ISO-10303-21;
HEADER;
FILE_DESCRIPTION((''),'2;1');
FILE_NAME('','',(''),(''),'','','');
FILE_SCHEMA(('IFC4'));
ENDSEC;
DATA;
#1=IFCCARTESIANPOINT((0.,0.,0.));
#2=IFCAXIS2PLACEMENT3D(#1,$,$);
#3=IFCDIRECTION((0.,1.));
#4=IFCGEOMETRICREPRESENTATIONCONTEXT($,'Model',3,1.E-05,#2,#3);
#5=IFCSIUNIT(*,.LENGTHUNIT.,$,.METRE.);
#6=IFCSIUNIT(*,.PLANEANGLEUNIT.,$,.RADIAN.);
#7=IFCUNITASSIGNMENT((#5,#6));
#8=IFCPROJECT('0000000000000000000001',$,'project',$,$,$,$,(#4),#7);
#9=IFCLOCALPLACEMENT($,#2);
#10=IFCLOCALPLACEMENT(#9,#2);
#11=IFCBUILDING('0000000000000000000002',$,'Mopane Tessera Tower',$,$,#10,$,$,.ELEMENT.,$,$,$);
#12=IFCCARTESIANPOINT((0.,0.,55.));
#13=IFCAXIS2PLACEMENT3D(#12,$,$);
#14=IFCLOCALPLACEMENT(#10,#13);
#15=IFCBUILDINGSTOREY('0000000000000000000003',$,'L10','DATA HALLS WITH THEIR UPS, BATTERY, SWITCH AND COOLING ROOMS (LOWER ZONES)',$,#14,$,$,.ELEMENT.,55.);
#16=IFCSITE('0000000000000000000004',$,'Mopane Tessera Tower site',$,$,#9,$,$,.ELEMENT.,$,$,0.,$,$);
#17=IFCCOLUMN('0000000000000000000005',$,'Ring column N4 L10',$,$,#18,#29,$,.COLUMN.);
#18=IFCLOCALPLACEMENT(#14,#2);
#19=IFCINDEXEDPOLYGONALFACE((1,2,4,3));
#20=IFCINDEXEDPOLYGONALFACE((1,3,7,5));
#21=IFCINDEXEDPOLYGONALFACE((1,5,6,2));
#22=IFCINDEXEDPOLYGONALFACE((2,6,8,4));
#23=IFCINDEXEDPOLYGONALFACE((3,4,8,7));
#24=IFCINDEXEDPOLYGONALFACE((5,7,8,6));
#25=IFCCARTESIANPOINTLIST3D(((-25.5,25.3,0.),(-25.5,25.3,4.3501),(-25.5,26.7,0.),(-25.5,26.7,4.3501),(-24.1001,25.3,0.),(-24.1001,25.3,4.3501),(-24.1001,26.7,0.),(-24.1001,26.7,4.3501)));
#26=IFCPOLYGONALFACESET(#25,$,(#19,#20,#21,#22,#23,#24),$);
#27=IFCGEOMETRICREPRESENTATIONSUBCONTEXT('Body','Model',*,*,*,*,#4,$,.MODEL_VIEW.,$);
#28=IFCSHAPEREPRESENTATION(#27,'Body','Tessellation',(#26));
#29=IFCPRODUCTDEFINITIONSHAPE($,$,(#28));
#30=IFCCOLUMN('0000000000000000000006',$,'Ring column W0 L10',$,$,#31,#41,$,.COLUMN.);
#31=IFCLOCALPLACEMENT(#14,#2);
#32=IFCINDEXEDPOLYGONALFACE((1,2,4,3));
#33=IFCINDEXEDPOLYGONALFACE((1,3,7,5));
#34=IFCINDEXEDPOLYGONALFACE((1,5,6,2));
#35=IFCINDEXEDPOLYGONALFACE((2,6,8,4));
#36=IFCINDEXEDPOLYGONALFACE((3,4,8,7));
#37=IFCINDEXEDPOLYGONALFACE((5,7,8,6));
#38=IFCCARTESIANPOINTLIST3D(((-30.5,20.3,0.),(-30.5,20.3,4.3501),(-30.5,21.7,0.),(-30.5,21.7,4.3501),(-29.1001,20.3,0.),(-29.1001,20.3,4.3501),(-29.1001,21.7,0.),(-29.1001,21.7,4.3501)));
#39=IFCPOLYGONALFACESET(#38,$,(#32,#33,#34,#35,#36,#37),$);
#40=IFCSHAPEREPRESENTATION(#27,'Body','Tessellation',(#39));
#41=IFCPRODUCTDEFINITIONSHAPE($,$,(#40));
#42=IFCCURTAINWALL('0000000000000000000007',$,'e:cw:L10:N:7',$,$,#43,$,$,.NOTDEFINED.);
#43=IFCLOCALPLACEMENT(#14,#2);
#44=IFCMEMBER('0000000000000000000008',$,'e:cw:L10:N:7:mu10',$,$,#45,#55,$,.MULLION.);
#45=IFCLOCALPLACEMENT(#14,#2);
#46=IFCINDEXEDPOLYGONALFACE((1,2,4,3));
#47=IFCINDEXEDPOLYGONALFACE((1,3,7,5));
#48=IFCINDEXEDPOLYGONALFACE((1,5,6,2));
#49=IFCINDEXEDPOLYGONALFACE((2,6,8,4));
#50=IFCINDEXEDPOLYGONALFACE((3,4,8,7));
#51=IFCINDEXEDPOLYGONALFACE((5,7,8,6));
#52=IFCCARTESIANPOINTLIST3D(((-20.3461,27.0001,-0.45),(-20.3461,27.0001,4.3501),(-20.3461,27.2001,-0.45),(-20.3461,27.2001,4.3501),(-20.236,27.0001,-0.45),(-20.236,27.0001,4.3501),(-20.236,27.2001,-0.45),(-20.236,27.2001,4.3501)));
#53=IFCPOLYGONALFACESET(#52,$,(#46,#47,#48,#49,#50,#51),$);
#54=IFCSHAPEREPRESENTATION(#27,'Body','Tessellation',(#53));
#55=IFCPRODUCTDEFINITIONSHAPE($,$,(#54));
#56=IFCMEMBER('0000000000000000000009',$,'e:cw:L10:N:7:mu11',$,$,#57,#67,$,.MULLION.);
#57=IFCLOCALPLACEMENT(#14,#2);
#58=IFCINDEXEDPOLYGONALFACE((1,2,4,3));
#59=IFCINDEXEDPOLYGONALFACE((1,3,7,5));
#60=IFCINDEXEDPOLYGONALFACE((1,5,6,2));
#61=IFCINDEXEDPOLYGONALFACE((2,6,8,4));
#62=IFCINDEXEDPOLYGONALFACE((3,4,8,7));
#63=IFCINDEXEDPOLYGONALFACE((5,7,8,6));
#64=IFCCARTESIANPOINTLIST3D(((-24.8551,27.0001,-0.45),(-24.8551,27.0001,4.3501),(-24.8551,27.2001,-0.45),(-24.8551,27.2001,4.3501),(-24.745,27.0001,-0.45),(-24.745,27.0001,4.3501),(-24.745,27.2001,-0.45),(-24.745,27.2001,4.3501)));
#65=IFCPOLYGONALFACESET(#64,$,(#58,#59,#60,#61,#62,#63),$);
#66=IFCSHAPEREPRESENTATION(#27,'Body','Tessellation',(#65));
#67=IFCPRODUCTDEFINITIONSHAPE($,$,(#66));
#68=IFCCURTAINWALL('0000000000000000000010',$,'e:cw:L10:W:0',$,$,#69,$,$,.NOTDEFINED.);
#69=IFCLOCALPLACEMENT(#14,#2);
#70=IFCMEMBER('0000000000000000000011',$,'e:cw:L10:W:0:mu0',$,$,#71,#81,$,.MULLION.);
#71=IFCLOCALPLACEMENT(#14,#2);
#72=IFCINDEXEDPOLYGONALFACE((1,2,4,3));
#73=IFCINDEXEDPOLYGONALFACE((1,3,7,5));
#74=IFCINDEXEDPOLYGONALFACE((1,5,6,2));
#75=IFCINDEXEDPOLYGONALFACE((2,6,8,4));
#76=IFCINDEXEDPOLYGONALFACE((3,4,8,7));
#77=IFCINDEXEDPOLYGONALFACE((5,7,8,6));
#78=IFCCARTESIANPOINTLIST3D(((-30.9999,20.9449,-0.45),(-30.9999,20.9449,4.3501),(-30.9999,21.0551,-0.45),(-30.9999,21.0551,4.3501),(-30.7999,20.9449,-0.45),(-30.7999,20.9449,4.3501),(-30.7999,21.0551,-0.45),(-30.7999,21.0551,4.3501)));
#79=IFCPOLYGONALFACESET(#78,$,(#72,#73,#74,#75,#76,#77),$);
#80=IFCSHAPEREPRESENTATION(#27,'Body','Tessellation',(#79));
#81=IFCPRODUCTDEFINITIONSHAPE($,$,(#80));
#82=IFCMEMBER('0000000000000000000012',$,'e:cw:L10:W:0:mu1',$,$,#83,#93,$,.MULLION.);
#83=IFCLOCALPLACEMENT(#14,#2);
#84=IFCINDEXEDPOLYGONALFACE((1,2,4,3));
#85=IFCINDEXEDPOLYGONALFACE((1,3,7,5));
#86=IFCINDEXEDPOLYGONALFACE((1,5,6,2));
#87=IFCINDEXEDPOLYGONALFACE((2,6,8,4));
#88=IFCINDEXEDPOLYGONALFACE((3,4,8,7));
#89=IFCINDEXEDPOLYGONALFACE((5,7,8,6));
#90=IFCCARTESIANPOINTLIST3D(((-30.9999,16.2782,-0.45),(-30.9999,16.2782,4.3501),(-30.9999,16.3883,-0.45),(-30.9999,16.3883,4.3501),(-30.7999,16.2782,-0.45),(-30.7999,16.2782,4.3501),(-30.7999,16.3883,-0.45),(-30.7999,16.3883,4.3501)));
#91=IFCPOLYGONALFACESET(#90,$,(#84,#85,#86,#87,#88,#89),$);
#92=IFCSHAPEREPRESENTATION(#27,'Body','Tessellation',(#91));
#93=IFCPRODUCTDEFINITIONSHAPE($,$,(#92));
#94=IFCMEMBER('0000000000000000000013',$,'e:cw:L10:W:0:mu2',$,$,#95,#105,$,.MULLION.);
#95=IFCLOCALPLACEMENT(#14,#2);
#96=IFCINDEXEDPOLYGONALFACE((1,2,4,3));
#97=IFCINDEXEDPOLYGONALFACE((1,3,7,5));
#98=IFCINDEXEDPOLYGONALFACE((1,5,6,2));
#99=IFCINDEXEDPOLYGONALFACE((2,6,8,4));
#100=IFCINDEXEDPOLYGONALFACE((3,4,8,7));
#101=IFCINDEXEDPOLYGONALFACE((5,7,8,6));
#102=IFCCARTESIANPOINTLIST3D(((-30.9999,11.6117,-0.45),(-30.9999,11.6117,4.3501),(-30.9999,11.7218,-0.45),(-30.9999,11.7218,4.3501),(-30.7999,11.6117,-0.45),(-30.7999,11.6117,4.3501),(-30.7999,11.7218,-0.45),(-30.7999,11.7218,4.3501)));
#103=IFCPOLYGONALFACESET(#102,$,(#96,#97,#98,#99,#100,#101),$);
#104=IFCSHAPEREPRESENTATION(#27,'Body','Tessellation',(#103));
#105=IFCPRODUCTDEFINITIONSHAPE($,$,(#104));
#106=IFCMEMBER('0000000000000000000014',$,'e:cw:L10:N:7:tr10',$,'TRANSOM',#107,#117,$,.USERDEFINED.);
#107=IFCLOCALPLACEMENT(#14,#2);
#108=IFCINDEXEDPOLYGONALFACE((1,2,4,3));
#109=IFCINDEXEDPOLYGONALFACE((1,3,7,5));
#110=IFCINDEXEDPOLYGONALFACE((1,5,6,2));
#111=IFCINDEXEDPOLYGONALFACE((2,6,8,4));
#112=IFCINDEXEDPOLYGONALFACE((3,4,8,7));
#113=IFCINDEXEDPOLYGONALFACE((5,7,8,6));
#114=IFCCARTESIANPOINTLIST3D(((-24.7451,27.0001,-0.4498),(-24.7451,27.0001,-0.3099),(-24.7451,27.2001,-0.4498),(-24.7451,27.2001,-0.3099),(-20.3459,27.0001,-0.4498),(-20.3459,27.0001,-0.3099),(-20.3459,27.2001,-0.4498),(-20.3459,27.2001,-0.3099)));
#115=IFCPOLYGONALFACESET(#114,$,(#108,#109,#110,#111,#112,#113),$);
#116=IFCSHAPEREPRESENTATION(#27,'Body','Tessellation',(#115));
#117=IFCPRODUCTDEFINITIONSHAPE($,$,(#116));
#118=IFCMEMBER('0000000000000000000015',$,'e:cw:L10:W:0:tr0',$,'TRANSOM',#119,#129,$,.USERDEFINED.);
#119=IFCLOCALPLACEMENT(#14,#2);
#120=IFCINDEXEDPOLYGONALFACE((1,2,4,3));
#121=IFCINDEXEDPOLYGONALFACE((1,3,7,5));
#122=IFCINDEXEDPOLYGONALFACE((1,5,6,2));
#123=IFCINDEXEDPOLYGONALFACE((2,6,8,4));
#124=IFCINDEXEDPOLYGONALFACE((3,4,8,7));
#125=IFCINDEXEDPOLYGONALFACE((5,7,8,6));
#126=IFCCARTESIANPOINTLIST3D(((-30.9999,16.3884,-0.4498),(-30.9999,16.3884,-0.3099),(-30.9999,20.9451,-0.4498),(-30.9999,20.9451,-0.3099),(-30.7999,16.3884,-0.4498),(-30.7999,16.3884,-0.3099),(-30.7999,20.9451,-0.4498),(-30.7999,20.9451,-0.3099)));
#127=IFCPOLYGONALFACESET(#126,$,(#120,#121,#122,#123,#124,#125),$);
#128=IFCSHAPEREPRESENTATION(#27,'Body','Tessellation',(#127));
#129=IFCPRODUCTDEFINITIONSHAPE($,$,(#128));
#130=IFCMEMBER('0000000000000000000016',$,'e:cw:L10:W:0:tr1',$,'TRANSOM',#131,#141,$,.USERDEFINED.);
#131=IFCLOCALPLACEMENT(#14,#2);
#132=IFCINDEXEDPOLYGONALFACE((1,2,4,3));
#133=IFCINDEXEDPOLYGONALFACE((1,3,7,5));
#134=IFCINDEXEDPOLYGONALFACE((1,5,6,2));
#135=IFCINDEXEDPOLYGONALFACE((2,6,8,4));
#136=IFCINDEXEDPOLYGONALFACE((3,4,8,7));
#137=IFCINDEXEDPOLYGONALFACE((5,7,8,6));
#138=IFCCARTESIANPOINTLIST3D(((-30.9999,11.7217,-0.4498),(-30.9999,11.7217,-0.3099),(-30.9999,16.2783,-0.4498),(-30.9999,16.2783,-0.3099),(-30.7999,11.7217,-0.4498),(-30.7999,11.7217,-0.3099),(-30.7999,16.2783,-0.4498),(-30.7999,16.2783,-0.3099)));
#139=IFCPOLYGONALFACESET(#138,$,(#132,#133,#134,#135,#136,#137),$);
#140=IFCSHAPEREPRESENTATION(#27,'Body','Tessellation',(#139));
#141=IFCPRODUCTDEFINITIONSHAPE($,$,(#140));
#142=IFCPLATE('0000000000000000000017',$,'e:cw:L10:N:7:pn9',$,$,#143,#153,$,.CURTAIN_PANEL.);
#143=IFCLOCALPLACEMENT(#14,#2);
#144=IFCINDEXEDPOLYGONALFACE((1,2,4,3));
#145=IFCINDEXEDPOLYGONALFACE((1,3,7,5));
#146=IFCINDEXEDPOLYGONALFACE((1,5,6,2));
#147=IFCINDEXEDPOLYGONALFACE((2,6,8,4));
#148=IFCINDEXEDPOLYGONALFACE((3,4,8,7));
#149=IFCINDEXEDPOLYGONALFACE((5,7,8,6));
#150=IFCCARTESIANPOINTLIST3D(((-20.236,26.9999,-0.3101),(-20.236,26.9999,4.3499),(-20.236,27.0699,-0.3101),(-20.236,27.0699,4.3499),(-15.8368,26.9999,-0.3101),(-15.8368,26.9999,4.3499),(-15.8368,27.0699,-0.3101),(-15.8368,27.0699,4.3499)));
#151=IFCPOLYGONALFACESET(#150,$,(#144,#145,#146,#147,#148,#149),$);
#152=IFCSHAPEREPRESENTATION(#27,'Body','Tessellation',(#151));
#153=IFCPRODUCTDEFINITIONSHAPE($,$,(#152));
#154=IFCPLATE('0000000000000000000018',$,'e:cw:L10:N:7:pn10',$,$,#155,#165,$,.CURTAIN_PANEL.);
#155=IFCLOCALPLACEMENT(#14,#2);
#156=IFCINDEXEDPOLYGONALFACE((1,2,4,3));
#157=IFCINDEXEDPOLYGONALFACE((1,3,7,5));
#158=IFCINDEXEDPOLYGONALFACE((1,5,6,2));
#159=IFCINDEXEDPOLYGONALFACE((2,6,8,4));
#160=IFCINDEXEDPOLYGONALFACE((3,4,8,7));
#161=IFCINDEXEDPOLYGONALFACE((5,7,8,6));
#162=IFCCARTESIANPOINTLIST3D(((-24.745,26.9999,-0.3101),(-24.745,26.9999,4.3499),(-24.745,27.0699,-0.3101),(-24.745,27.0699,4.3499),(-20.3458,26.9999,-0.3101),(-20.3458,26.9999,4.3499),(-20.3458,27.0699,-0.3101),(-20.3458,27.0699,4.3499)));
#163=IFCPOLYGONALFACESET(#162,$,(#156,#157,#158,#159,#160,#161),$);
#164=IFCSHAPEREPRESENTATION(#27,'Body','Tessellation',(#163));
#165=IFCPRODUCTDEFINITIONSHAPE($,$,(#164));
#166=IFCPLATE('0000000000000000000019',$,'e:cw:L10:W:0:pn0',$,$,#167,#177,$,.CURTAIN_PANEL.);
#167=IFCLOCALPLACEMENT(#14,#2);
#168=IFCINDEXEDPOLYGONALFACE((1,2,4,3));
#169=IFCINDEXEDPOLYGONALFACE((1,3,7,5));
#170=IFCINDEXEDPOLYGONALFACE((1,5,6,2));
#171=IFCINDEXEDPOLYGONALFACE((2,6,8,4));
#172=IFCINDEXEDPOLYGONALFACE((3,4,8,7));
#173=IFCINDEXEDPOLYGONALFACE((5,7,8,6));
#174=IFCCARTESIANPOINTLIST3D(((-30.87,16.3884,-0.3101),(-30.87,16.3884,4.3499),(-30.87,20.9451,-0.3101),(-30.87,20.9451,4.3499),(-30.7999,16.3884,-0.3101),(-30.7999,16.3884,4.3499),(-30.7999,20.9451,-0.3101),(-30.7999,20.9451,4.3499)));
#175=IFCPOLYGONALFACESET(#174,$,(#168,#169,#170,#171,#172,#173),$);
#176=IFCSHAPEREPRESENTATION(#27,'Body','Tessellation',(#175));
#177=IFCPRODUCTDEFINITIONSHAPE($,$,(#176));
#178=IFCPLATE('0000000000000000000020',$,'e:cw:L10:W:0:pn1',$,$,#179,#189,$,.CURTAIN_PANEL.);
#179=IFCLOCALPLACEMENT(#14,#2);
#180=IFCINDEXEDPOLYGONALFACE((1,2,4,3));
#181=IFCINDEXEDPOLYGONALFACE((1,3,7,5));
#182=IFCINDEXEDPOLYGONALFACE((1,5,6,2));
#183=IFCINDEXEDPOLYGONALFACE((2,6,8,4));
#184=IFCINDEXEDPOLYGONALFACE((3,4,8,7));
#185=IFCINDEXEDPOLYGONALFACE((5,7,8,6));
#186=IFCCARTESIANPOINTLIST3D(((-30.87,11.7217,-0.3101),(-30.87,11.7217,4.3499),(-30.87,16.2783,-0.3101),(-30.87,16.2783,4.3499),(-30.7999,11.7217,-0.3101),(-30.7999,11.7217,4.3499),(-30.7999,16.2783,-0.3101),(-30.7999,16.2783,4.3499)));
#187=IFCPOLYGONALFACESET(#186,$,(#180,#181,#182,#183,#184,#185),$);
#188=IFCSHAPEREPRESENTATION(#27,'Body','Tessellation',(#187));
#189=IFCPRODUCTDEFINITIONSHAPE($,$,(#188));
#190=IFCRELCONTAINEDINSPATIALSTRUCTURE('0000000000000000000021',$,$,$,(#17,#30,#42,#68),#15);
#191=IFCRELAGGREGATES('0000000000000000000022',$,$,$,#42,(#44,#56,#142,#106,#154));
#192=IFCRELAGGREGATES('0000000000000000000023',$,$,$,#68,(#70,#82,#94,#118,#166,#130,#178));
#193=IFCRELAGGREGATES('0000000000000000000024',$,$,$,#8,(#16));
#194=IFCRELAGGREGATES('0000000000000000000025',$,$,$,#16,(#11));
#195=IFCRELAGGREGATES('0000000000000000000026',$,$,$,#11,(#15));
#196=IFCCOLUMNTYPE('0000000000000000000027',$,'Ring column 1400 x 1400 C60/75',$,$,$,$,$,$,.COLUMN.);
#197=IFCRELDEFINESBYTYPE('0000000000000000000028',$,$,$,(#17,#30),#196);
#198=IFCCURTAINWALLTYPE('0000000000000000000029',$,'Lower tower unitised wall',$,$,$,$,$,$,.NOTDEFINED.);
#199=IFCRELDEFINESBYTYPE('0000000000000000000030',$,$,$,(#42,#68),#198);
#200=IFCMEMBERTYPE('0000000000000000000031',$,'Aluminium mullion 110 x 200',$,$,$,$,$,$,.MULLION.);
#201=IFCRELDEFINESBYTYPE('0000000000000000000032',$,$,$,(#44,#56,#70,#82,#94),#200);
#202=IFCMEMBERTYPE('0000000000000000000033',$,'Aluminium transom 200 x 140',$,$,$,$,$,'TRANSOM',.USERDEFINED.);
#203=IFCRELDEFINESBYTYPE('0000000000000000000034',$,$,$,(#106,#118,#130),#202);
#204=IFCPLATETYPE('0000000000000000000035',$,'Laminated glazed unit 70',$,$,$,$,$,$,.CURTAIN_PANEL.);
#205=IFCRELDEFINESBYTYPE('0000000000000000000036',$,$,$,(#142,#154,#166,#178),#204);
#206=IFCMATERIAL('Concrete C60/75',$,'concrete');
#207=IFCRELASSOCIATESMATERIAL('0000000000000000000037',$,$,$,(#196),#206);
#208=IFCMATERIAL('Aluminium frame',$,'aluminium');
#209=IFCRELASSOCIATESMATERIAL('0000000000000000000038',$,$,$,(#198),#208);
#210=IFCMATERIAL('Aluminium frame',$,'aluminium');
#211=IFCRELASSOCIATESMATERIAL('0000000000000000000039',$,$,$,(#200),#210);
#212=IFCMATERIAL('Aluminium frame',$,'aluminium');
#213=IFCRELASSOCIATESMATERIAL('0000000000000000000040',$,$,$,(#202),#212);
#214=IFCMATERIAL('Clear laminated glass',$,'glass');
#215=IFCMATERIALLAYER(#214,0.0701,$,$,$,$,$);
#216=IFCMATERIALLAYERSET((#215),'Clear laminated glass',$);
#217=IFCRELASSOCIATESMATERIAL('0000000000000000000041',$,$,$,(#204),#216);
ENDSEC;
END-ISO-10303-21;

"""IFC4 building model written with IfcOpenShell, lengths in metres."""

from ifc_helpers import new_model, si_unit, direction, frame, origin, origin_2d, place, context, subcontext, project, spatial, rectangle, extrude, material, layer, layer_set, material_profile, profile_set, type_object, element, aggregate, save


model = new_model("IFC4")

# Units and contexts
model_context = context("Model", 3, precision=1e-05, world=origin(), true_north=direction((0.0, 1.0)))
body_context = subcontext(model_context, "Body", "Model", "MODEL_VIEW")
ifc_project = project(units=[si_unit("LENGTHUNIT", "METRE"), si_unit("PLANEANGLEUNIT", "RADIAN")], contexts=[model_context])

# Site, building, storey
site_placement = place(None, origin())
site = spatial("IfcSite", under=ifc_project, at=site_placement, Name="Mopane Tessera Tower site", CompositionType="ELEMENT", RefElevation=0.0)
building_placement = place(site_placement, origin())
building = spatial("IfcBuilding", under=site, at=building_placement, Name="Mopane Tessera Tower", CompositionType="ELEMENT")
storey_placement = place(building_placement, frame((0.0, 0.0, 55.0)))
storey = spatial("IfcBuildingStorey", under=building, at=storey_placement, Name="L10", Description="DATA HALLS WITH THEIR UPS, BATTERY, SWITCH AND COOLING ROOMS (LOWER ZONES)", CompositionType="ELEMENT", Elevation=55.0)

# Columns
ifc_material_1 = material(Name="Concrete C60/75", Category="concrete")
ifc_material_profile_1 = material_profile(ifc_material_1, rectangle(XDim=1.3999, YDim=1.3999, at=origin_2d()))
ifc_profile_set_1 = profile_set([ifc_material_profile_1], Name="Concrete C60/75")
column_type = type_object("IfcColumnType", Name="Ring column 1400 x 1400 C60/75", PredefinedType="COLUMN", material=ifc_profile_set_1)
for number, where, z_axis, x_axis, name in (
    (1, (-24.8, 26.0, 0.0), (0.0, 0.0, 1.0), (1.0, 0.0, 0.0), "Ring column N4 L10"),
    (2, (-29.8, 21.0, 0.0), (0.0, 0.0, 1.0), (1.0, 0.0, 0.0), "Ring column W0 L10"),
):
    element("IfcColumn", number, at=place(storey_placement, frame(where, z_axis=z_axis, x_axis=x_axis)), inside=storey, type_object=column_type, Name=name, PredefinedType="COLUMN", context=body_context, shape_type="SweptSolid", body=[
        extrude(rectangle(XDim=1.3999, YDim=1.3999, at=origin_2d()), origin(), (0.0, 0.0, 1.0), 4.3501),
    ])

# Curtain walls, members
ifc_material_2 = material(Name="Aluminium frame", Category="aluminium")
curtain_wall_type = type_object("IfcCurtainWallType", Name="Lower tower unitised wall", PredefinedType="NOTDEFINED", material=ifc_material_2)
curtain_wall_1_placement = place(storey_placement, origin())
curtain_wall_1 = element("IfcCurtainWall", 3, at=curtain_wall_1_placement, inside=storey, type_object=curtain_wall_type, Name="e:cw:L10:N:7", PredefinedType="NOTDEFINED")
ifc_material_3 = material(Name="Aluminium frame", Category="aluminium")
ifc_material_profile_2 = material_profile(ifc_material_3, rectangle(XDim=0.1101, YDim=0.2, at=origin_2d()))
ifc_profile_set_2 = profile_set([ifc_material_profile_2], Name="Aluminium frame")
member_type_1 = type_object("IfcMemberType", Name="Aluminium mullion 110 x 200", PredefinedType="MULLION", material=ifc_profile_set_2)
member_1_placement = place(storey_placement, frame((-20.291, 27.1001, -0.45), z_axis=(0.0, 0.0, 1.0), x_axis=(-1.0, 0.0, 0.0)))
member_1 = element("IfcMember", 4, at=member_1_placement, type_object=member_type_1, Name="e:cw:L10:N:7:mu10", PredefinedType="MULLION", context=body_context, shape_type="SweptSolid", body=[
    extrude(rectangle(XDim=0.1101, YDim=0.2, at=origin_2d()), origin(), (0.0, 0.0, 1.0), 4.8),
])
member_2_placement = place(storey_placement, frame((-24.8, 27.1001, -0.45), z_axis=(0.0, 0.0, 1.0), x_axis=(-1.0, 0.0, 0.0)))
member_2 = element("IfcMember", 5, at=member_2_placement, type_object=member_type_1, Name="e:cw:L10:N:7:mu11", PredefinedType="MULLION", context=body_context, shape_type="SweptSolid", body=[
    extrude(rectangle(XDim=0.1101, YDim=0.2, at=origin_2d()), origin(), (0.0, 0.0, 1.0), 4.8),
])
curtain_wall_2_placement = place(storey_placement, origin())
curtain_wall_2 = element("IfcCurtainWall", 6, at=curtain_wall_2_placement, inside=storey, type_object=curtain_wall_type, Name="e:cw:L10:W:0", PredefinedType="NOTDEFINED")
member_3_placement = place(storey_placement, frame((-30.8999, 21.0, -0.45), z_axis=(0.0, 0.0, 1.0), x_axis=(0.0, -1.0, 0.0)))
member_3 = element("IfcMember", 7, at=member_3_placement, type_object=member_type_1, Name="e:cw:L10:W:0:mu0", PredefinedType="MULLION", context=body_context, shape_type="SweptSolid", body=[
    extrude(rectangle(XDim=0.1101, YDim=0.2, at=origin_2d()), origin(), (0.0, 0.0, 1.0), 4.8),
])
member_4_placement = place(storey_placement, frame((-30.8999, 16.3333, -0.45), z_axis=(0.0, 0.0, 1.0), x_axis=(0.0, -1.0, 0.0)))
member_4 = element("IfcMember", 8, at=member_4_placement, type_object=member_type_1, Name="e:cw:L10:W:0:mu1", PredefinedType="MULLION", context=body_context, shape_type="SweptSolid", body=[
    extrude(rectangle(XDim=0.1101, YDim=0.2, at=origin_2d()), origin(), (0.0, 0.0, 1.0), 4.8),
])
member_5_placement = place(storey_placement, frame((-30.8999, 11.6667, -0.45), z_axis=(0.0, 0.0, 1.0), x_axis=(0.0, -1.0, 0.0)))
member_5 = element("IfcMember", 9, at=member_5_placement, type_object=member_type_1, Name="e:cw:L10:W:0:mu2", PredefinedType="MULLION", context=body_context, shape_type="SweptSolid", body=[
    extrude(rectangle(XDim=0.1101, YDim=0.2, at=origin_2d()), origin(), (0.0, 0.0, 1.0), 4.8),
])

# Members
ifc_material_4 = material(Name="Aluminium frame", Category="aluminium")
ifc_material_profile_3 = material_profile(ifc_material_4, rectangle(XDim=0.2, YDim=0.1399, at=origin_2d()))
ifc_profile_set_3 = profile_set([ifc_material_profile_3], Name="Aluminium frame")
member_type_2 = type_object("IfcMemberType", Name="Aluminium transom 200 x 140", ElementType="TRANSOM", PredefinedType="USERDEFINED", material=ifc_profile_set_3)
member_6_placement = place(storey_placement, frame((-20.3459, 27.1001, -0.3799), z_axis=(-1.0, 0.0, 0.0), x_axis=(0.0, -1.0, 0.0)))
member_6 = element("IfcMember", 10, at=member_6_placement, type_object=member_type_2, Name="e:cw:L10:N:7:tr10", ObjectType="TRANSOM", PredefinedType="USERDEFINED", context=body_context, shape_type="SweptSolid", body=[
    extrude(rectangle(XDim=0.2, YDim=0.1399, at=origin_2d()), origin(), (0.0, 0.0, 1.0), 4.3992),
])
member_7_placement = place(storey_placement, frame((-30.8999, 20.9451, -0.3799), z_axis=(0.0, -1.0, 0.0), x_axis=(1.0, 0.0, 0.0)))
member_7 = element("IfcMember", 11, at=member_7_placement, type_object=member_type_2, Name="e:cw:L10:W:0:tr0", ObjectType="TRANSOM", PredefinedType="USERDEFINED", context=body_context, shape_type="SweptSolid", body=[
    extrude(rectangle(XDim=0.2, YDim=0.1399, at=origin_2d()), origin(), (0.0, 0.0, 1.0), 4.5566),
])
member_8_placement = place(storey_placement, frame((-30.8999, 16.2783, -0.3799), z_axis=(0.0, -1.0, 0.0), x_axis=(1.0, 0.0, 0.0)))
member_8 = element("IfcMember", 12, at=member_8_placement, type_object=member_type_2, Name="e:cw:L10:W:0:tr1", ObjectType="TRANSOM", PredefinedType="USERDEFINED", context=body_context, shape_type="SweptSolid", body=[
    extrude(rectangle(XDim=0.2, YDim=0.1399, at=origin_2d()), origin(), (0.0, 0.0, 1.0), 4.5566),
])

# Plates
ifc_material_5 = material(Name="Clear laminated glass", Category="glass")
ifc_layer_1 = layer(ifc_material_5, 0.0701)
ifc_layer_set_1 = layer_set([ifc_layer_1], Name="Clear laminated glass")
plate_type = type_object("IfcPlateType", Name="Laminated glazed unit 70", PredefinedType="CURTAIN_PANEL", material=ifc_layer_set_1)
plate_1_placement = place(storey_placement, frame((-18.0364, 27.0349, -0.3101), z_axis=(0.0, 0.0, 1.0), x_axis=(-1.0, 0.0, 0.0)))
plate_1 = element("IfcPlate", 13, at=plate_1_placement, type_object=plate_type, Name="e:cw:L10:N:7:pn9", PredefinedType="CURTAIN_PANEL", context=body_context, shape_type="SweptSolid", body=[
    extrude(rectangle(XDim=4.3992, YDim=0.0701, at=origin_2d()), origin(), (0.0, 0.0, 1.0), 4.6599),
])
plate_2_placement = place(storey_placement, frame((-22.5454, 27.0349, -0.3101), z_axis=(0.0, 0.0, 1.0), x_axis=(-1.0, 0.0, 0.0)))
plate_2 = element("IfcPlate", 14, at=plate_2_placement, type_object=plate_type, Name="e:cw:L10:N:7:pn10", PredefinedType="CURTAIN_PANEL", context=body_context, shape_type="SweptSolid", body=[
    extrude(rectangle(XDim=4.3992, YDim=0.0701, at=origin_2d()), origin(), (0.0, 0.0, 1.0), 4.6599),
])
aggregate(curtain_wall_1, [member_1, member_2, plate_1, member_6, plate_2])
plate_3_placement = place(storey_placement, frame((-30.835, 18.6667, -0.3101), z_axis=(0.0, 0.0, 1.0), x_axis=(0.0, -1.0, 0.0)))
plate_3 = element("IfcPlate", 15, at=plate_3_placement, type_object=plate_type, Name="e:cw:L10:W:0:pn0", PredefinedType="CURTAIN_PANEL", context=body_context, shape_type="SweptSolid", body=[
    extrude(rectangle(XDim=4.5566, YDim=0.0701, at=origin_2d()), origin(), (0.0, 0.0, 1.0), 4.6599),
])
plate_4_placement = place(storey_placement, frame((-30.835, 14.0, -0.3101), z_axis=(0.0, 0.0, 1.0), x_axis=(0.0, -1.0, 0.0)))
plate_4 = element("IfcPlate", 16, at=plate_4_placement, type_object=plate_type, Name="e:cw:L10:W:0:pn1", PredefinedType="CURTAIN_PANEL", context=body_context, shape_type="SweptSolid", body=[
    extrude(rectangle(XDim=4.5566, YDim=0.0701, at=origin_2d()), origin(), (0.0, 0.0, 1.0), 4.6599),
])
aggregate(curtain_wall_2, [member_3, member_4, member_5, member_7, plate_3, member_8, plate_4])

save(model, "model.ifc")
